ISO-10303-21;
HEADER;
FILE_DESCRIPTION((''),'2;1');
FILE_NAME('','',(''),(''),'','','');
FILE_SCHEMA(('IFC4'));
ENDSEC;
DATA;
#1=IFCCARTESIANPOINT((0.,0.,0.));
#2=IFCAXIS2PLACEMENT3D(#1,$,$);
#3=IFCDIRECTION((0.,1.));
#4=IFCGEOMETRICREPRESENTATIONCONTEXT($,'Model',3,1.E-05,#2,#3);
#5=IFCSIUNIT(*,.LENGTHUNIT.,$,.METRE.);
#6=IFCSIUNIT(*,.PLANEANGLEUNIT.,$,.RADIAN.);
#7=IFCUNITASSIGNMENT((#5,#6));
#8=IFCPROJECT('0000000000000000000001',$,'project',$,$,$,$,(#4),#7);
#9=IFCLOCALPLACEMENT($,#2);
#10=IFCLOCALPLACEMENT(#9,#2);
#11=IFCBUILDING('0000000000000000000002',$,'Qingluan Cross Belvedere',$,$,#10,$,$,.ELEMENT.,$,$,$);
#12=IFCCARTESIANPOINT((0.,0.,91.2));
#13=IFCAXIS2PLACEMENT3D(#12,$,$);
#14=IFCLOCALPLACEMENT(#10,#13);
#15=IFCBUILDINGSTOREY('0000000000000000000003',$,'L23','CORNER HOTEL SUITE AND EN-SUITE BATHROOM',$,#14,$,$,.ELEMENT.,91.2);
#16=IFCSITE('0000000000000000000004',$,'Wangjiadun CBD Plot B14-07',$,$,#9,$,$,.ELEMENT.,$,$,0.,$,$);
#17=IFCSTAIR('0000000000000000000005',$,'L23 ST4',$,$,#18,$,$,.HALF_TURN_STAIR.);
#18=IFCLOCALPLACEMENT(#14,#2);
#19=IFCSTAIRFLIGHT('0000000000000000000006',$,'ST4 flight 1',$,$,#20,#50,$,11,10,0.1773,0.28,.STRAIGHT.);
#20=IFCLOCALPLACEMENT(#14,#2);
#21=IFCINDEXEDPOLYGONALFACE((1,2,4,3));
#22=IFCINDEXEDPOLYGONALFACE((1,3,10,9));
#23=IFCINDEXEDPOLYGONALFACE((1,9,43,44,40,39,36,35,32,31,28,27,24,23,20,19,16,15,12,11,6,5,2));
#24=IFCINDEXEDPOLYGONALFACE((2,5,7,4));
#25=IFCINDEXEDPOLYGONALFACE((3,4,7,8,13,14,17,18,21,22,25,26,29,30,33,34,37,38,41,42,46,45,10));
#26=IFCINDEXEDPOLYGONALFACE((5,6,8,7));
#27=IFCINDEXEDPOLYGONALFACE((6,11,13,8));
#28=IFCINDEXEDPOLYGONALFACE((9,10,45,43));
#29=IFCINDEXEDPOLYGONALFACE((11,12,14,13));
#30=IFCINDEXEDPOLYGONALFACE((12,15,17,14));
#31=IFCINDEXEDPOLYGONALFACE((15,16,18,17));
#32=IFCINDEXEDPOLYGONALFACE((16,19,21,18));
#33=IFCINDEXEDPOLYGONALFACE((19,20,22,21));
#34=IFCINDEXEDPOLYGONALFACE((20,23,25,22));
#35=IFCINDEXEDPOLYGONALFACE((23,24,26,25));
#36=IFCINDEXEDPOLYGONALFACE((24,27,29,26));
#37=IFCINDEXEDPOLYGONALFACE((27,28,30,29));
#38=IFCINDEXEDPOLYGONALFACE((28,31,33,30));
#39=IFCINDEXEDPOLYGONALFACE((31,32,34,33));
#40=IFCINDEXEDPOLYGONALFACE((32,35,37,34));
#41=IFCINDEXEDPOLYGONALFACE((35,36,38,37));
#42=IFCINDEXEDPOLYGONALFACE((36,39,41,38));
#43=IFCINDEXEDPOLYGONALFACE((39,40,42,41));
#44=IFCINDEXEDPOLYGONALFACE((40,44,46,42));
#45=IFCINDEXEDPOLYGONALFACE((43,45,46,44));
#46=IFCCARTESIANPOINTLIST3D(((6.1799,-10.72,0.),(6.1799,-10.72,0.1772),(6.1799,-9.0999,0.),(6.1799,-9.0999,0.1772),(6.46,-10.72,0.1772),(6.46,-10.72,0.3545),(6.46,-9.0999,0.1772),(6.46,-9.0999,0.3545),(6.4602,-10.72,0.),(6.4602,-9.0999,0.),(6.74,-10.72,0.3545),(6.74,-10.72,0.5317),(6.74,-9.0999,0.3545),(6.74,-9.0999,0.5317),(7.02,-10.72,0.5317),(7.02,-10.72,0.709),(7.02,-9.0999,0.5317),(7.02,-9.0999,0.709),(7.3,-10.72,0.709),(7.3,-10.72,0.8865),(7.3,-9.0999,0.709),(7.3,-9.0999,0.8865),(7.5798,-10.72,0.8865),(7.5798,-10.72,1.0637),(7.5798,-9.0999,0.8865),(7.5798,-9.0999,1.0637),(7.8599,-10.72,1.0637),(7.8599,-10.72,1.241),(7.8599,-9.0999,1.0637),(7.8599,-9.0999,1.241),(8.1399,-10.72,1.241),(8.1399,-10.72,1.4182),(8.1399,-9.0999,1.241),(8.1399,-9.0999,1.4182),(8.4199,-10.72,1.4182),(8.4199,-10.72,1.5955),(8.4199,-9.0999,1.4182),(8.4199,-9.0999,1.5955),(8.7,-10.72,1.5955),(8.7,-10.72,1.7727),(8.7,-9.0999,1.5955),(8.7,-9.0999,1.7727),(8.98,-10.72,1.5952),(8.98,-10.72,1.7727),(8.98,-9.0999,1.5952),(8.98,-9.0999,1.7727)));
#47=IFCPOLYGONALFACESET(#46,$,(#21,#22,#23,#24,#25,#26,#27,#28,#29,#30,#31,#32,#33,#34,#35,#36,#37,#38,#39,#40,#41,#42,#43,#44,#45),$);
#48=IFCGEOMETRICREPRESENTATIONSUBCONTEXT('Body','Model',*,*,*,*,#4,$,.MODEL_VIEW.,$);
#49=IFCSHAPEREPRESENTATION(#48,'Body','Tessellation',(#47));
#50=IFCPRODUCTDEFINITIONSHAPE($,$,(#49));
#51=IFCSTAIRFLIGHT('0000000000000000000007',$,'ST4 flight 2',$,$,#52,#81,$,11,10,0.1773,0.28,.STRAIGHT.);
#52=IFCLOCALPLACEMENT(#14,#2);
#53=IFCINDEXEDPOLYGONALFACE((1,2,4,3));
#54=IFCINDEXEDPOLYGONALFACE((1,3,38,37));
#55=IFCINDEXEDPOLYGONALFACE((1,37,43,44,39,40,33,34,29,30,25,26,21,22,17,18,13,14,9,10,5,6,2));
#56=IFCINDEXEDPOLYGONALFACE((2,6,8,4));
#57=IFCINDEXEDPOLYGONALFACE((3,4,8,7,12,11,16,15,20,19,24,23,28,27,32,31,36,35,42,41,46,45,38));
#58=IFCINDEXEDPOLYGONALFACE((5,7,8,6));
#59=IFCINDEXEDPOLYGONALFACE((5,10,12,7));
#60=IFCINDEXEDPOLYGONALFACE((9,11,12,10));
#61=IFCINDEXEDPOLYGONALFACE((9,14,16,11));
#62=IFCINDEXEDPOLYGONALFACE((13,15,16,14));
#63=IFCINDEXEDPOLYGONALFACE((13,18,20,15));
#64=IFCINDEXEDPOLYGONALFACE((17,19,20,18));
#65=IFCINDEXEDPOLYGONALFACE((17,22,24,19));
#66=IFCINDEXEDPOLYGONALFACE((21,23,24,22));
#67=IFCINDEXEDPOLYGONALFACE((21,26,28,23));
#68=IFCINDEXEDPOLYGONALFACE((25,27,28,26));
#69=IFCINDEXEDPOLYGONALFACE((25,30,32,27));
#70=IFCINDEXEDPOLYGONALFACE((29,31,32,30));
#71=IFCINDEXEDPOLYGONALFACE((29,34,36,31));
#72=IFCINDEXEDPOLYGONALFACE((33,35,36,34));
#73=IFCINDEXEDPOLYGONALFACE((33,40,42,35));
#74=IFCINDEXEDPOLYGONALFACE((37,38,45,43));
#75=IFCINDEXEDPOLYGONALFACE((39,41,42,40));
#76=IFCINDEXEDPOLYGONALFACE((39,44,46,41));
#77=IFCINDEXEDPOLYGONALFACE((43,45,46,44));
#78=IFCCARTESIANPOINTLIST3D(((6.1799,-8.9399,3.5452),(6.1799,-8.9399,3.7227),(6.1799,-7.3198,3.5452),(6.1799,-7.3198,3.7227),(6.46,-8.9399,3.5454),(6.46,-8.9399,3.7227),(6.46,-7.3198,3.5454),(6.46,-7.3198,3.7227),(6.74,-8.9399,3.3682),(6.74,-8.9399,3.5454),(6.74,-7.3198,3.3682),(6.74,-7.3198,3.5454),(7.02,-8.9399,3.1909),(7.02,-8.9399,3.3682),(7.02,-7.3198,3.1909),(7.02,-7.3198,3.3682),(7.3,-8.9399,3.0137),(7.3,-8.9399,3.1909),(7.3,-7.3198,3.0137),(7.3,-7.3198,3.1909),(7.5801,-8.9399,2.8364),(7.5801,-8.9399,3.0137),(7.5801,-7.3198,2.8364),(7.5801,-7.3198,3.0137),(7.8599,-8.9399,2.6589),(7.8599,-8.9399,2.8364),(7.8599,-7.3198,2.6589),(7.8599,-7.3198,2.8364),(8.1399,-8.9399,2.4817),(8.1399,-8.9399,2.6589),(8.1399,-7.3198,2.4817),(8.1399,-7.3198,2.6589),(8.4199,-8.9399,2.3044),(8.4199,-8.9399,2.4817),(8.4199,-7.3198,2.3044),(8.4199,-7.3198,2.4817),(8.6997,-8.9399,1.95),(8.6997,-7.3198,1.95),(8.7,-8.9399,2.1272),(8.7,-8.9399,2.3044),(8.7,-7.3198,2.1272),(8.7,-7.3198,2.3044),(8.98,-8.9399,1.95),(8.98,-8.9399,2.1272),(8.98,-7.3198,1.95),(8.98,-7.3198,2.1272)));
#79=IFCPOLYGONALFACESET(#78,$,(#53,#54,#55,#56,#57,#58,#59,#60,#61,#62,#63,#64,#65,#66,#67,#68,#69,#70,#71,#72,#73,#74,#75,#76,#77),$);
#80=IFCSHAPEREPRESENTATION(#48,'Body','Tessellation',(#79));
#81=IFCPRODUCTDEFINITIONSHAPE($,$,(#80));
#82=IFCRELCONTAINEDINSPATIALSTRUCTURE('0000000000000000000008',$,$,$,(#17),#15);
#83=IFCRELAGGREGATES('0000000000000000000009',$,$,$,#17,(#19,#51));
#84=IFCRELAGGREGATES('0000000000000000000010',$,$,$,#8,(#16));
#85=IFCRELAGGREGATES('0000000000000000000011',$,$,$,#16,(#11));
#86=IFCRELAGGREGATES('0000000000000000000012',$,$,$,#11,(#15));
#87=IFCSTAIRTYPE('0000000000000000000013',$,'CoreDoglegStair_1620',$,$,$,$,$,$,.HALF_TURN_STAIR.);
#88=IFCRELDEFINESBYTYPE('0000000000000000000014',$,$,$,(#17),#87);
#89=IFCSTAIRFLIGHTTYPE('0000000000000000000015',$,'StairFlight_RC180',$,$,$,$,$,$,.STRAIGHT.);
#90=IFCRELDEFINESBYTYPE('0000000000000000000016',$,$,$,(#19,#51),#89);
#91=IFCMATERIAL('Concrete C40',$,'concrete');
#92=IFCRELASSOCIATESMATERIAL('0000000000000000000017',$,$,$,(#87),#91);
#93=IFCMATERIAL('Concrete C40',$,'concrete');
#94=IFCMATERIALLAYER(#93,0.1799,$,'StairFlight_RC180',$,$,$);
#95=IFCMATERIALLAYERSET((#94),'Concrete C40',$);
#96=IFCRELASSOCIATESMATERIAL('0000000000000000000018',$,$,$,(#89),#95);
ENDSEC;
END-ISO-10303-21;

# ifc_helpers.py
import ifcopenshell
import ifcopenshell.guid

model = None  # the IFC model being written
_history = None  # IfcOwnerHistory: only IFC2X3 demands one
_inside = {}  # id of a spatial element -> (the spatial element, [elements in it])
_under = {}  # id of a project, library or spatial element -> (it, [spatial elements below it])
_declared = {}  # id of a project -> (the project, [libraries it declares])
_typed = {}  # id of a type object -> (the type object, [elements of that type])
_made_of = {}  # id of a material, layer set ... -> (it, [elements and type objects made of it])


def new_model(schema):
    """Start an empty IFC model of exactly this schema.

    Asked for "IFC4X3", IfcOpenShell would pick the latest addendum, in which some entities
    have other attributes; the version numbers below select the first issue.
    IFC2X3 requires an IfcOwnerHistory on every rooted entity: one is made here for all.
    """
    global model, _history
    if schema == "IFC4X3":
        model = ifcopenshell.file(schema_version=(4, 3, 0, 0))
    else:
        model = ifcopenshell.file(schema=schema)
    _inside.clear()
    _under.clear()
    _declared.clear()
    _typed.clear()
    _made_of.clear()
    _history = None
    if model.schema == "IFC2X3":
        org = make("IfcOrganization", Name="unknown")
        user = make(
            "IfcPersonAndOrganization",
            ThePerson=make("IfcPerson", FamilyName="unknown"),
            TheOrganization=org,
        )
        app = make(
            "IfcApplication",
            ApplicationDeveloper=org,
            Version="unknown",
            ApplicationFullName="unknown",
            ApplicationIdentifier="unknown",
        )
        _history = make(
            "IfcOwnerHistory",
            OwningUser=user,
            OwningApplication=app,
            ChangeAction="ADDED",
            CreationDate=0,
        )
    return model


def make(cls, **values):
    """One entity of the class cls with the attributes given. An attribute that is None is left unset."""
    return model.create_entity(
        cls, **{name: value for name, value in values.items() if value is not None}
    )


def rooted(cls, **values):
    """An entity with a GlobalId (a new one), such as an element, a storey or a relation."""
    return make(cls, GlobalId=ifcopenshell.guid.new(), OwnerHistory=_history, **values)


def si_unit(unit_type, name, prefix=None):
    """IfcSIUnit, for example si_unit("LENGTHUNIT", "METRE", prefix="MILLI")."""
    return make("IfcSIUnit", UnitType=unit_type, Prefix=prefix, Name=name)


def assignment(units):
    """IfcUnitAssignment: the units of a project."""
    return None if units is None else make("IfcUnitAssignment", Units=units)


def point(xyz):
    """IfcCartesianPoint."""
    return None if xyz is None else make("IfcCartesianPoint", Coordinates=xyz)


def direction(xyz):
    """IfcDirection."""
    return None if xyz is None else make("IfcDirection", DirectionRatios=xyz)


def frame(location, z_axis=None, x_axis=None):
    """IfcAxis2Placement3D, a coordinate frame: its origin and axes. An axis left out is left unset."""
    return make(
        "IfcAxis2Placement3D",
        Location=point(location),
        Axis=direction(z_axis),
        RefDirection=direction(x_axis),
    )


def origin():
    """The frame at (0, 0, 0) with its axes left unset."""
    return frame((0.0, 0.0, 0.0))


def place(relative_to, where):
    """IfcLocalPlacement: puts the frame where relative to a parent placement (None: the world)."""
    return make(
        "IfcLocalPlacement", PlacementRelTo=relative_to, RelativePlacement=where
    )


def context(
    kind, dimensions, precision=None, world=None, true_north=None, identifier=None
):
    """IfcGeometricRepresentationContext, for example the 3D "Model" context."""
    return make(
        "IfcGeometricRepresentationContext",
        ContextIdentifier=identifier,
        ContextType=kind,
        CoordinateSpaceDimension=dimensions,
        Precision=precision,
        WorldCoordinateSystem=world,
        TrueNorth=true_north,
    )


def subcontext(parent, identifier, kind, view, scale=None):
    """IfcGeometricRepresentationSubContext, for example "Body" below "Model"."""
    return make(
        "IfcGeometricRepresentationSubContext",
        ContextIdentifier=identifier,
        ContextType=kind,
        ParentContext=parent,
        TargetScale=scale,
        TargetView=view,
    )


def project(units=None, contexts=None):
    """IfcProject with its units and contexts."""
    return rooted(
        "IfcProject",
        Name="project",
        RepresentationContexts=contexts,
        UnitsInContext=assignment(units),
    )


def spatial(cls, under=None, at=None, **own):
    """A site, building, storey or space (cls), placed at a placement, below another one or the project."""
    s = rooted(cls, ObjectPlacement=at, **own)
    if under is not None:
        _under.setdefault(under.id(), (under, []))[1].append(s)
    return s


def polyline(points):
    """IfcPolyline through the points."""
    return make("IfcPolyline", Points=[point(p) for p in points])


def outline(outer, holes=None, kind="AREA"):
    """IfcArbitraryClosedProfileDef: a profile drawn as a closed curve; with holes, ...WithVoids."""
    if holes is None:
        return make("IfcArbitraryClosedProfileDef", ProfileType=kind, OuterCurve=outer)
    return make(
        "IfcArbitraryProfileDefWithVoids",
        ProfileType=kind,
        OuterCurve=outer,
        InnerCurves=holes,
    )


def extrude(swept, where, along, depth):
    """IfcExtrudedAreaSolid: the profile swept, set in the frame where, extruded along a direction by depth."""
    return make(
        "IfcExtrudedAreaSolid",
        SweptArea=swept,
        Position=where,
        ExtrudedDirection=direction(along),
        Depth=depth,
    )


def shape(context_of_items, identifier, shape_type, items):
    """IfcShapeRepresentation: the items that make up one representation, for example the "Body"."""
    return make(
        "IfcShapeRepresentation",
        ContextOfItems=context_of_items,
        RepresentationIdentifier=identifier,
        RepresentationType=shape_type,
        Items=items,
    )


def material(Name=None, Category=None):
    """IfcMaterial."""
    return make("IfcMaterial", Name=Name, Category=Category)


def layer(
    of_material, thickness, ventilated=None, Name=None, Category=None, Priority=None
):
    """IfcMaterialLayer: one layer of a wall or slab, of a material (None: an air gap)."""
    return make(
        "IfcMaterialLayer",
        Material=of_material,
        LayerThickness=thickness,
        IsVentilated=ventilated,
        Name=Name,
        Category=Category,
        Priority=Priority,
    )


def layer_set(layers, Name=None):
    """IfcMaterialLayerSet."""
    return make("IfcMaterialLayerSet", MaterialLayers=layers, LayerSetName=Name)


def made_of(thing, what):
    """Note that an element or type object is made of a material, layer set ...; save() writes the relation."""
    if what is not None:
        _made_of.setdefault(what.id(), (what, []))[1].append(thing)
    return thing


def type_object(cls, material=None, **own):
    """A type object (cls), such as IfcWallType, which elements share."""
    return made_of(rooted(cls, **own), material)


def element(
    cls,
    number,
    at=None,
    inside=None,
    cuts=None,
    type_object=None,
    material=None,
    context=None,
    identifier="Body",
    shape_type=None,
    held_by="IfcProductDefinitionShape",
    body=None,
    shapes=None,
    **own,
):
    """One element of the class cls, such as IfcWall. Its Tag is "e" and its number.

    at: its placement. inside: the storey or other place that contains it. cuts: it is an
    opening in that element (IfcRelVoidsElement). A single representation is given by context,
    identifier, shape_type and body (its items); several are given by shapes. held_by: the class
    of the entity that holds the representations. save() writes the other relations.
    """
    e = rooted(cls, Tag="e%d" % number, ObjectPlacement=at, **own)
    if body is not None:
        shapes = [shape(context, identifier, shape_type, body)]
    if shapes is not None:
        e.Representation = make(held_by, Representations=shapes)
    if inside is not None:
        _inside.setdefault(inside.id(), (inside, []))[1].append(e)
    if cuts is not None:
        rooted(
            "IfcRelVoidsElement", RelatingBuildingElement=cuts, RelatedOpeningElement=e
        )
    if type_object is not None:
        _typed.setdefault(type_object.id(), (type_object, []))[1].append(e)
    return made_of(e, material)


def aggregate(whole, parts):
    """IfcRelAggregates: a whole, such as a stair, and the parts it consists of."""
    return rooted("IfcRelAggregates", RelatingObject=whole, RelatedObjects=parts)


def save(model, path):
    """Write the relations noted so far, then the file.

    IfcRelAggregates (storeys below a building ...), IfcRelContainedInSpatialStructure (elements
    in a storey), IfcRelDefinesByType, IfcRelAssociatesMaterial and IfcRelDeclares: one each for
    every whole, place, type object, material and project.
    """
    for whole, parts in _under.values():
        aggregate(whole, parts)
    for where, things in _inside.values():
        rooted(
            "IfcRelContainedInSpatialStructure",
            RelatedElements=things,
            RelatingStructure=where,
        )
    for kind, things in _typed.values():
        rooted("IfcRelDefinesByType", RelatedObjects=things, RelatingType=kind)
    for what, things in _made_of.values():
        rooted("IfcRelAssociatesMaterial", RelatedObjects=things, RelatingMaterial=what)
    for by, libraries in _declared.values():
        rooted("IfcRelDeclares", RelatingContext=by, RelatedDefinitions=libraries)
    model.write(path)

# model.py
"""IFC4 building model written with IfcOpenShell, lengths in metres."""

from ifc_helpers import new_model, si_unit, direction, frame, origin, place, context, subcontext, project, spatial, polyline, outline, extrude, material, layer, layer_set, type_object, element, aggregate, save


model = new_model("IFC4")

# Units and contexts
model_context = context("Model", 3, precision=1e-05, world=origin(), true_north=direction((0.0, 1.0)))
body_context = subcontext(model_context, "Body", "Model", "MODEL_VIEW")
ifc_project = project(units=[si_unit("LENGTHUNIT", "METRE"), si_unit("PLANEANGLEUNIT", "RADIAN")], contexts=[model_context])

# Site, building, storey
site_placement = place(None, origin())
site = spatial("IfcSite", under=ifc_project, at=site_placement, Name="Wangjiadun CBD Plot B14-07", CompositionType="ELEMENT", RefElevation=0.0)
building_placement = place(site_placement, origin())
building = spatial("IfcBuilding", under=site, at=building_placement, Name="Qingluan Cross Belvedere", CompositionType="ELEMENT")
storey_placement = place(building_placement, frame((0.0, 0.0, 91.2)))
storey = spatial("IfcBuildingStorey", under=building, at=storey_placement, Name="L23", Description="CORNER HOTEL SUITE AND EN-SUITE BATHROOM", CompositionType="ELEMENT", Elevation=91.2)

# Shared definitions
ifc_material_1 = material(Name="Concrete C40", Category="concrete")
stair_type = type_object("IfcStairType", Name="CoreDoglegStair_1620", PredefinedType="HALF_TURN_STAIR", material=ifc_material_1)
ifc_material_2 = material(Name="Concrete C40", Category="concrete")
ifc_layer_1 = layer(ifc_material_2, 0.1799, Name="StairFlight_RC180")
ifc_layer_set_1 = layer_set([ifc_layer_1], Name="Concrete C40")
stair_flight_type = type_object("IfcStairFlightType", Name="StairFlight_RC180", PredefinedType="STRAIGHT", material=ifc_layer_set_1)

# Stair, stair flights
stair_1_placement = place(storey_placement, origin())
stair_1 = element("IfcStair", 1, at=stair_1_placement, inside=storey, type_object=stair_type, Name="L23 ST4", PredefinedType="HALF_TURN_STAIR")
stair_flight_1_placement = place(storey_placement, frame((6.1799, -9.9099, 0.0), z_axis=(0.0, 0.0, 1.0), x_axis=(1.0, 0.0, 0.0)))
stair_flight_1 = element("IfcStairFlight", 2, at=stair_flight_1_placement, type_object=stair_flight_type, Name="ST4 flight 1", NumberOfRisers=11, NumberOfTreads=10, PredefinedType="STRAIGHT", RiserHeight=0.1773, TreadLength=0.28, context=body_context, shape_type="SweptSolid", body=[
    extrude(outline(polyline([(0.0, 0.0), (0.0, 0.1772), (0.28, 0.1772), (0.28, 0.3545), (0.5601, 0.3545), (0.5601, 0.5317), (0.8401, 0.5317), (0.8401, 0.709), (1.1201, 0.709), (1.1201, 0.8865), (1.3999, 0.8865), (1.3999, 1.0637), (1.6799, 1.0637), (1.6799, 1.241), (1.96, 1.241), (1.96, 1.4182), (2.24, 1.4182), (2.24, 1.5955), (2.52, 1.5955), (2.52, 1.7727), (2.8, 1.7727), (2.8, 1.95), (2.8, 1.5952), (0.2803, 0.0), (0.0, 0.0)])), frame((0.0, 0.8101, 0.0), z_axis=(0.0, -1.0, 0.0), x_axis=(1.0, 0.0, 0.0)), (0.0, 0.0, 1.0), 1.6201),
])
stair_flight_2_placement = place(storey_placement, frame((8.98, -8.1299, 1.95), z_axis=(0.0, 0.0, 1.0), x_axis=(-1.0, 0.0, 0.0)))
stair_flight_2 = element("IfcStairFlight", 3, at=stair_flight_2_placement, type_object=stair_flight_type, Name="ST4 flight 2", NumberOfRisers=11, NumberOfTreads=10, PredefinedType="STRAIGHT", RiserHeight=0.1773, TreadLength=0.28, context=body_context, shape_type="SweptSolid", body=[
    extrude(outline(polyline([(0.0, 0.0), (0.0, 0.1772), (0.28, 0.1772), (0.28, 0.3545), (0.5601, 0.3545), (0.5601, 0.5317), (0.8401, 0.5317), (0.8401, 0.709), (1.1201, 0.709), (1.1201, 0.8865), (1.3999, 0.8865), (1.3999, 1.0637), (1.6799, 1.0637), (1.6799, 1.241), (1.96, 1.241), (1.96, 1.4182), (2.24, 1.4182), (2.24, 1.5955), (2.52, 1.5955), (2.52, 1.7727), (2.8, 1.7727), (2.8, 1.95), (2.8, 1.5952), (0.2803, 0.0), (0.0, 0.0)])), frame((0.0, 0.8101, 0.0), z_axis=(0.0, -1.0, 0.0), x_axis=(1.0, 0.0, 0.0)), (0.0, 0.0, 1.0), 1.6201),
])
aggregate(stair_1, [stair_flight_1, stair_flight_2])

save(model, "model.ifc")
